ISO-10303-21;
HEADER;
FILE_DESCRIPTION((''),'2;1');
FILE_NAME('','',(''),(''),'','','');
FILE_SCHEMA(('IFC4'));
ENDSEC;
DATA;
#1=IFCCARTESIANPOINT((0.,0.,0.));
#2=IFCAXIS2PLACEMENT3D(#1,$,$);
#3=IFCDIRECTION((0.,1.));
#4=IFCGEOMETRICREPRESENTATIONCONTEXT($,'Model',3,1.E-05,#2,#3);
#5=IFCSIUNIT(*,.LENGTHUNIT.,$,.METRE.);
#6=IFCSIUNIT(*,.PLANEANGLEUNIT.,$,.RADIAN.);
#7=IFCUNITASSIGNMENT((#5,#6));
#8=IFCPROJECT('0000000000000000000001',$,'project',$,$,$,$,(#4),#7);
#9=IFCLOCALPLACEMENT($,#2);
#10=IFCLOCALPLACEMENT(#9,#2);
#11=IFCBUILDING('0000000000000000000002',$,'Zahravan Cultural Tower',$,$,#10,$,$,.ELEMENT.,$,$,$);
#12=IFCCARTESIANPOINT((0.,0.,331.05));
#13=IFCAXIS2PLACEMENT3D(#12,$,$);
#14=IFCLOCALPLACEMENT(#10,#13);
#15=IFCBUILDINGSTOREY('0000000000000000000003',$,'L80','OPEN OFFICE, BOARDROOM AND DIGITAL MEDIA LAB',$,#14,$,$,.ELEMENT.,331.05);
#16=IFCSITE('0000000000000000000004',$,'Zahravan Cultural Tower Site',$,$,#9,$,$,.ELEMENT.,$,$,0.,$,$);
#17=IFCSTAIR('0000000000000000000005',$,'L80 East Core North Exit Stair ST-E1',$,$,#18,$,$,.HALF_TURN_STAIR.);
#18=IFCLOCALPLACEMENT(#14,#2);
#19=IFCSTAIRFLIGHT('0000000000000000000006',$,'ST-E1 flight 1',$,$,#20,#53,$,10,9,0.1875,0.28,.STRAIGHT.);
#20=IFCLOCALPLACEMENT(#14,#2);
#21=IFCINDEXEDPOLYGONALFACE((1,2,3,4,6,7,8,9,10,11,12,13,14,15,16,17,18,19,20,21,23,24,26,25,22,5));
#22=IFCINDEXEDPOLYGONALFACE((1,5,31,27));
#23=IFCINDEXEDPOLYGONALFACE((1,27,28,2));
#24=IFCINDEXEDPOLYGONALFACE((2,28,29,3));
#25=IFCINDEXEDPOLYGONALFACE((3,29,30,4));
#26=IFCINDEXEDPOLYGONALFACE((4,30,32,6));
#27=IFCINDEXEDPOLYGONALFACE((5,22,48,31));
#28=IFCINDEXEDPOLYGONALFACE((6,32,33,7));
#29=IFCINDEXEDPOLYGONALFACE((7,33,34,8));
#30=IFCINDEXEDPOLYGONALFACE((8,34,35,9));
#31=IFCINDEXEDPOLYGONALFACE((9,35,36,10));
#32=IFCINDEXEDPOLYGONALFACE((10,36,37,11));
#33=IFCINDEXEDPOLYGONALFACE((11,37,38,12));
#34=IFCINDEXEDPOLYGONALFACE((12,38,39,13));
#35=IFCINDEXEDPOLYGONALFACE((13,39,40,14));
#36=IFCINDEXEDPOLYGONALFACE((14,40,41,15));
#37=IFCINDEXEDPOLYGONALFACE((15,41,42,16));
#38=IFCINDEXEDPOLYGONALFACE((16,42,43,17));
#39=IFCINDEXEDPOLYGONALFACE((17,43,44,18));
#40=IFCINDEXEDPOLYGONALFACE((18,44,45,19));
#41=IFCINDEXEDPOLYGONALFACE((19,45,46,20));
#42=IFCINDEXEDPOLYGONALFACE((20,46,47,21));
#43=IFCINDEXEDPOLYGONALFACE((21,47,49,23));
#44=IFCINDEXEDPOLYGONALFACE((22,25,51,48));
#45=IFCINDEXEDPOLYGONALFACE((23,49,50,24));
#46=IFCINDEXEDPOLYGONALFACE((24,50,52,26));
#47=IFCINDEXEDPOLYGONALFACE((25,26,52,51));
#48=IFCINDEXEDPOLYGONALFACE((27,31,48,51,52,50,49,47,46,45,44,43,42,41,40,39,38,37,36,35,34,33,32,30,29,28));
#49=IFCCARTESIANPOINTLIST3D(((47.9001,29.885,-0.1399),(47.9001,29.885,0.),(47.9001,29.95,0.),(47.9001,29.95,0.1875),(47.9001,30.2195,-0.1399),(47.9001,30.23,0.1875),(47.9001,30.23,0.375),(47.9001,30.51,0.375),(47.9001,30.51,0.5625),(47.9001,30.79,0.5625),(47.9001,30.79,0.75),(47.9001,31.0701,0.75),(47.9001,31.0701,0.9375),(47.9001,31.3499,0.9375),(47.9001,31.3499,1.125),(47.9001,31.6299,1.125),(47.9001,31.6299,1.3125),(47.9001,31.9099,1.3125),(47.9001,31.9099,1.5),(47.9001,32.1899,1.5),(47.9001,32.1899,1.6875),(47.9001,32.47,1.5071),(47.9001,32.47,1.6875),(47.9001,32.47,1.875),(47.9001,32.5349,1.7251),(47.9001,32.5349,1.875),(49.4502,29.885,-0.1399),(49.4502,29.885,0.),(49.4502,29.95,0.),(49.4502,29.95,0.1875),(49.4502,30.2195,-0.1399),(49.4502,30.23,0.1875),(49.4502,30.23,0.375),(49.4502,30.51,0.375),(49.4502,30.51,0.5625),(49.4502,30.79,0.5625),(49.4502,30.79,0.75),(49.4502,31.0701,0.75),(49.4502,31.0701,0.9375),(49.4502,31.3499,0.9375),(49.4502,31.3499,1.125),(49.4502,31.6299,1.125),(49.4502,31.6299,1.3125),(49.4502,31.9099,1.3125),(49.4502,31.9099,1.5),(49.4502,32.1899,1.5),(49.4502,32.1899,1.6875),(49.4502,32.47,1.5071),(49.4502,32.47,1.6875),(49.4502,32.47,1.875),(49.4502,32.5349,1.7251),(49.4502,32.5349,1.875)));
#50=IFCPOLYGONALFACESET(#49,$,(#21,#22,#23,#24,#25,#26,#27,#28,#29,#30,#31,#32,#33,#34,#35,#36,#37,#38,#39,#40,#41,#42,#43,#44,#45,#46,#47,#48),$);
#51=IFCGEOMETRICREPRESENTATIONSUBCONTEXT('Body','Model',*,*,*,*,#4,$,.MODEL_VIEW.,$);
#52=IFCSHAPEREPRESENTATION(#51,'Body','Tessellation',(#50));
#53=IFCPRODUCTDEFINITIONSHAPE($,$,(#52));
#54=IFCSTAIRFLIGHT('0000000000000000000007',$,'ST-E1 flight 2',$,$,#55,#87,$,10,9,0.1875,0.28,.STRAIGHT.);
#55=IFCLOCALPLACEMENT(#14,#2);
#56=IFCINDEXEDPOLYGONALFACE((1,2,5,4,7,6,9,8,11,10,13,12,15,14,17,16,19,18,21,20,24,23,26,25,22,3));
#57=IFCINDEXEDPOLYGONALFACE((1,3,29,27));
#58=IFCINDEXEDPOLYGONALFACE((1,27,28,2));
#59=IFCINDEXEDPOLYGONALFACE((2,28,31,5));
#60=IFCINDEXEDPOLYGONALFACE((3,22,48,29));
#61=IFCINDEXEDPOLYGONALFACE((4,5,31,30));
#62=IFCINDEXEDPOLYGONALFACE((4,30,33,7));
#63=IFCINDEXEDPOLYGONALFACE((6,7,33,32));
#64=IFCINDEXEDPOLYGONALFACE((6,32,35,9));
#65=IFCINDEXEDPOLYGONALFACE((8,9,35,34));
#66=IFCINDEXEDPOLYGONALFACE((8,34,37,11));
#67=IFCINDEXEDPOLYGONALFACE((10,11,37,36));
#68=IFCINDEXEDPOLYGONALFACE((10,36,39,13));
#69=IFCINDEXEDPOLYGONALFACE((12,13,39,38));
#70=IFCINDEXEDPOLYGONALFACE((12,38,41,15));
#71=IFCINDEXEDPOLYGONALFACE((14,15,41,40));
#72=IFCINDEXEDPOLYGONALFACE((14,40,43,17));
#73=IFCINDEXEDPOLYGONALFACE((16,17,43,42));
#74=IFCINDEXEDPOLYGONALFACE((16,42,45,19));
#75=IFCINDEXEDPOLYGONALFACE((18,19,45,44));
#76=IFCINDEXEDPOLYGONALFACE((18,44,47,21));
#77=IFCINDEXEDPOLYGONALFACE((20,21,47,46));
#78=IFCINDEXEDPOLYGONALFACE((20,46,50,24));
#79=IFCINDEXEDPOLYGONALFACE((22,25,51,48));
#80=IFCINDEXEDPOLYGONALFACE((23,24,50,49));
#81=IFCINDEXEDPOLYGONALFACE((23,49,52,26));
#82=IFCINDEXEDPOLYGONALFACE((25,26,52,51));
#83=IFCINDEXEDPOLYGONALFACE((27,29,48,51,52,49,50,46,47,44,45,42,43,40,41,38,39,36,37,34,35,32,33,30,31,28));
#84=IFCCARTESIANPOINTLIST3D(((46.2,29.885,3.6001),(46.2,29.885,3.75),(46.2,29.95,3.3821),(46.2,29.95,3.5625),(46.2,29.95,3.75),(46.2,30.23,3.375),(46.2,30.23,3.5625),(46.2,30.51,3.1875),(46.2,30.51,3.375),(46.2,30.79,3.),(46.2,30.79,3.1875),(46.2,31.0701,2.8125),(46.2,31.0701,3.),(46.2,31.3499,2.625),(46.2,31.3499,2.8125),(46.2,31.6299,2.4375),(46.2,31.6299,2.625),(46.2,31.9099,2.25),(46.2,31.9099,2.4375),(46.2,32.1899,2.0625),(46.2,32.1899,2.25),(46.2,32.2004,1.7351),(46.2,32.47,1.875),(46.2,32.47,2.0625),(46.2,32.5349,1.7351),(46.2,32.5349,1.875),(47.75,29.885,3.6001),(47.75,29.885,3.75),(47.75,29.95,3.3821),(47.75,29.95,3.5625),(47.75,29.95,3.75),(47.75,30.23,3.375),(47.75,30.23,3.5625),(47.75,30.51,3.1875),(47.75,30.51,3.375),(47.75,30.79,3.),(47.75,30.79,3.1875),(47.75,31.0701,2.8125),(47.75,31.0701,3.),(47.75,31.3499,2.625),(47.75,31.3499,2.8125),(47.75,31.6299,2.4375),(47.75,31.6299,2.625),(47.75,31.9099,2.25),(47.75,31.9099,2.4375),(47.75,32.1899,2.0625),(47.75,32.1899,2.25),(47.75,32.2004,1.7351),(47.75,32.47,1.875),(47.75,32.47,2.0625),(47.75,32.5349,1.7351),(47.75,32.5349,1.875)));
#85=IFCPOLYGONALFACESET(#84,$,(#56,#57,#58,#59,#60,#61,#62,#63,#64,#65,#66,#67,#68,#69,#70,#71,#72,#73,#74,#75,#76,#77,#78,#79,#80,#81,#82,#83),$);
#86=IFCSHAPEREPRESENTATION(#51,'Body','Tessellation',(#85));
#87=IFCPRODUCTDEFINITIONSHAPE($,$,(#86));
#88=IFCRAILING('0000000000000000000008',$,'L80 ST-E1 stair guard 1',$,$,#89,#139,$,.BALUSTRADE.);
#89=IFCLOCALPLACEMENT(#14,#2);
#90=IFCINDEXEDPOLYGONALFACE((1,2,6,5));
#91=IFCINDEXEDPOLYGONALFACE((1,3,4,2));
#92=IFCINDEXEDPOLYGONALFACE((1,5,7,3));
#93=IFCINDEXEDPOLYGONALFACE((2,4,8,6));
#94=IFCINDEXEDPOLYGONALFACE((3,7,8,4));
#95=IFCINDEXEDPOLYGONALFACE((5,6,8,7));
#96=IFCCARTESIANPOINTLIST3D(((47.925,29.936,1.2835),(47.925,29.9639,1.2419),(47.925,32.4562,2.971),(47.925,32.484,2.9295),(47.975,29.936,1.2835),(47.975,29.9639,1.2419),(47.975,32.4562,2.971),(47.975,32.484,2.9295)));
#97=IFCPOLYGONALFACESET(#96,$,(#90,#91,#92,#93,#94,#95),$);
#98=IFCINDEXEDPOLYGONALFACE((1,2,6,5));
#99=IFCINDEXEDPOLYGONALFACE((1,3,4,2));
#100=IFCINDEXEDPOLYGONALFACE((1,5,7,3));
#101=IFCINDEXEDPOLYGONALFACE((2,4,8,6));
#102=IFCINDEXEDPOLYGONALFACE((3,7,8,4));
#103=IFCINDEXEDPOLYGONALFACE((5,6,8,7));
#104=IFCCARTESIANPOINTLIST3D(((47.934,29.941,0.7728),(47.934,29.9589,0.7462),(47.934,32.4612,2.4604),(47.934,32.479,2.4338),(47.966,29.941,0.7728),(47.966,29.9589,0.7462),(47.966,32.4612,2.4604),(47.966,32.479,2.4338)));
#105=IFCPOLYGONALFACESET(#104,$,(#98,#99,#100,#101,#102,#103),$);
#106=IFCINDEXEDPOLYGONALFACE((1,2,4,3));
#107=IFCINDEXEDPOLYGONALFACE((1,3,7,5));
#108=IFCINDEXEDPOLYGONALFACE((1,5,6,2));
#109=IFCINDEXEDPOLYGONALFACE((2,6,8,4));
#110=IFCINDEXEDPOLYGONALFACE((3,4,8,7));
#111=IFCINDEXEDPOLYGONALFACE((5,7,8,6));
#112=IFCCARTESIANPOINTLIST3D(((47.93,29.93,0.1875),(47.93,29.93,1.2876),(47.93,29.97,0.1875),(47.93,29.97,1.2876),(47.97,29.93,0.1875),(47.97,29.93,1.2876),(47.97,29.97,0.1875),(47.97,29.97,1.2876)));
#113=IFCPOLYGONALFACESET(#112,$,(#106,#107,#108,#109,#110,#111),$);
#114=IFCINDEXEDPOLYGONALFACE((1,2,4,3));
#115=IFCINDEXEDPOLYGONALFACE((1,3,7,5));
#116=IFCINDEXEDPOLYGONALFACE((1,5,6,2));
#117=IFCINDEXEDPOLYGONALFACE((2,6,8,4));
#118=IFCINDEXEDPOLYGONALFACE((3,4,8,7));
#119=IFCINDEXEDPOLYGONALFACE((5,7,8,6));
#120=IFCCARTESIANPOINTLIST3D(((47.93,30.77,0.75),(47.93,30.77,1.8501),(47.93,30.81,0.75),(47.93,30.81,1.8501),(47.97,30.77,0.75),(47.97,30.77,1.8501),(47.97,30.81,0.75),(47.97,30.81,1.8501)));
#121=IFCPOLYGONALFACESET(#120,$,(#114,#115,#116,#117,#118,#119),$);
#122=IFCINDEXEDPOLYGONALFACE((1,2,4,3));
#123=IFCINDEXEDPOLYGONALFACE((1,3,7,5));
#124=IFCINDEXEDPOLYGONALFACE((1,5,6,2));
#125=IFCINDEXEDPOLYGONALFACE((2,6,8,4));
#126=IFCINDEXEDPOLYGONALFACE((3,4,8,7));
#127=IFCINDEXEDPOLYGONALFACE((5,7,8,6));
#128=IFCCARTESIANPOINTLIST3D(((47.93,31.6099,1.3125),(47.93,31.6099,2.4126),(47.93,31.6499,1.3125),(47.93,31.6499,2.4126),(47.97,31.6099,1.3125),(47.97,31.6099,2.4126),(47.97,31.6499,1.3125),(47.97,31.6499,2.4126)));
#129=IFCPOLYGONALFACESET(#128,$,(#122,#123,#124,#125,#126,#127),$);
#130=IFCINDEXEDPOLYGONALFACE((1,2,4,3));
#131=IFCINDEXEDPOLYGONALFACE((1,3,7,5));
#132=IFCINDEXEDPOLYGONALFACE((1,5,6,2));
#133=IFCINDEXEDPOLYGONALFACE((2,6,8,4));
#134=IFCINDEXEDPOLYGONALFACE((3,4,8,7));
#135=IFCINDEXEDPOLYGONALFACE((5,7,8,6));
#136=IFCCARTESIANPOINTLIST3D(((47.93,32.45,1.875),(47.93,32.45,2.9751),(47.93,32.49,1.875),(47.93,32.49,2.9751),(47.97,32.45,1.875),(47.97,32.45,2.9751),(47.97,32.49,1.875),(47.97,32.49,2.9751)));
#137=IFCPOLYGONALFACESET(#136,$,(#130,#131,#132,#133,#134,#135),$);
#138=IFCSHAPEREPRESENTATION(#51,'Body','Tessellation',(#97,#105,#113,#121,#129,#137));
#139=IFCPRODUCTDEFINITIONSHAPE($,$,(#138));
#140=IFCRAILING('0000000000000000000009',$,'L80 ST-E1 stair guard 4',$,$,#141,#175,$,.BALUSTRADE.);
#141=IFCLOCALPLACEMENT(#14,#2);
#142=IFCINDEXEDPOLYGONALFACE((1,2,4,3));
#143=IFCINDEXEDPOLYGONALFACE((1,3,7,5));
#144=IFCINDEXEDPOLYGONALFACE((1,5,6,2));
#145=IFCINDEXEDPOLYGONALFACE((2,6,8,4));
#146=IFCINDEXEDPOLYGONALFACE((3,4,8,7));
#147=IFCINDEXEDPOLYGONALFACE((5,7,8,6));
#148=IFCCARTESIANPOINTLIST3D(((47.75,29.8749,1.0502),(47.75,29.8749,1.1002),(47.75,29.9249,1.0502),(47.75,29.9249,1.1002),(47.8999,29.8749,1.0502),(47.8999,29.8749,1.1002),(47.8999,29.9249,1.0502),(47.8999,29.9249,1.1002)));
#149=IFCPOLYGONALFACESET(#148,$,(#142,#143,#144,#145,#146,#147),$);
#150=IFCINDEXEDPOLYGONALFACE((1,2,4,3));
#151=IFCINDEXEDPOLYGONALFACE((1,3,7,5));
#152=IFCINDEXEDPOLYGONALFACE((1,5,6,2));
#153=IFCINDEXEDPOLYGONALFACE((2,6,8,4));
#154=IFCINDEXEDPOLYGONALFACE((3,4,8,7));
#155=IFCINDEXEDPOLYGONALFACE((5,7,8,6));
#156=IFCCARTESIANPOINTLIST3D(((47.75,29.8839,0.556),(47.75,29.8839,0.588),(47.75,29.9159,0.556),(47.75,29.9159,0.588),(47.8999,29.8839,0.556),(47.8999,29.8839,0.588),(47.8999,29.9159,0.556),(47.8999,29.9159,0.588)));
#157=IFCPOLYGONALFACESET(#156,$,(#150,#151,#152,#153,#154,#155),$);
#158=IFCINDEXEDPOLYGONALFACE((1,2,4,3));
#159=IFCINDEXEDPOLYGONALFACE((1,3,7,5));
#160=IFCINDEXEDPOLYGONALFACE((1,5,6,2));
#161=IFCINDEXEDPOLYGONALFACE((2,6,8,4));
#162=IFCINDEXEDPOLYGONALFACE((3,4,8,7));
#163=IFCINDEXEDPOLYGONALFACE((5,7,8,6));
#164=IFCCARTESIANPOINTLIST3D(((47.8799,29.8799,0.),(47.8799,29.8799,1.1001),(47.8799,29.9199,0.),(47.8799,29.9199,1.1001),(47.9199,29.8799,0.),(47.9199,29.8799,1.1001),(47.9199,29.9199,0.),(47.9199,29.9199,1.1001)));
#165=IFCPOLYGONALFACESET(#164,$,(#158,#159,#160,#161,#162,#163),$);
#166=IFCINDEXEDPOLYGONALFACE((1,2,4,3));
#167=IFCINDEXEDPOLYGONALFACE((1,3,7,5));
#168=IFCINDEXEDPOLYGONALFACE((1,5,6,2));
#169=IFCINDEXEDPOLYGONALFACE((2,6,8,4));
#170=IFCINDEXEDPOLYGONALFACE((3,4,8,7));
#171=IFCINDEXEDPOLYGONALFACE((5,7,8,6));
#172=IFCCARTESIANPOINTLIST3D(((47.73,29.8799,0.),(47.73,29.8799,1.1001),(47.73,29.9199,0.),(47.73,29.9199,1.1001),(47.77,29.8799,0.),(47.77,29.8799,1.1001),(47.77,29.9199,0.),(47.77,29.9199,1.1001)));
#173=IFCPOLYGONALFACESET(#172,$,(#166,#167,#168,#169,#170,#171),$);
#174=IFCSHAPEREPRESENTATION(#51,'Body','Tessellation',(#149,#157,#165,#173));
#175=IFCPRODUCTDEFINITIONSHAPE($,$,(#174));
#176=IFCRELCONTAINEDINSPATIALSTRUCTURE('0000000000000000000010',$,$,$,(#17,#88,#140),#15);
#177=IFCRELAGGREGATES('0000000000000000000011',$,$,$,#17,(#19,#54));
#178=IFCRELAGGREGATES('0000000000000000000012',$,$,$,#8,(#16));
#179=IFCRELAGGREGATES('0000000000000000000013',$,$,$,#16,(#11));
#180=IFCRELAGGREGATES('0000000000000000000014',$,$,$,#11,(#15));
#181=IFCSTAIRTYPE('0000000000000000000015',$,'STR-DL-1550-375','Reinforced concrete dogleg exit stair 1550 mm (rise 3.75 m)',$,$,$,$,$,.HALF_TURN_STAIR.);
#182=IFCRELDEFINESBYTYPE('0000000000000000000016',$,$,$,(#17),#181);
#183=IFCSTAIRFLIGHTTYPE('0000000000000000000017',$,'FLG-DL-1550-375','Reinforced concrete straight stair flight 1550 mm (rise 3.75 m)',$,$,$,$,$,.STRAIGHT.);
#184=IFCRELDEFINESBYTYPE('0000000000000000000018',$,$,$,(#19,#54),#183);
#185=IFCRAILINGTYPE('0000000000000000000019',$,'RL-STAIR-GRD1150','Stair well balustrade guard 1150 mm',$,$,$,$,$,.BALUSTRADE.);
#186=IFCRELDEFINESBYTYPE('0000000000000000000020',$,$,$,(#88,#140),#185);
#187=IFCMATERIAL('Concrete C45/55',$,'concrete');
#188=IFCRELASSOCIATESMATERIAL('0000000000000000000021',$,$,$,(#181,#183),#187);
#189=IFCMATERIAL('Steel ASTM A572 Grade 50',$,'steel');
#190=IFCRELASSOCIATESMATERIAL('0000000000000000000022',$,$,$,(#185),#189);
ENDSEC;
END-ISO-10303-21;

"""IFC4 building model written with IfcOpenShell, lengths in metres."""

from ifc_helpers import new_model, si_unit, direction, frame, origin, origin_2d, place, context, subcontext, project, spatial, polyline, rectangle, outline, extrude, material, type_object, element, aggregate, save


model = new_model("IFC4")

# Units and contexts
model_context = context("Model", 3, precision=1e-05, world=origin(), true_north=direction((0.0, 1.0)))
body_context = subcontext(model_context, "Body", "Model", "MODEL_VIEW")
ifc_project = project(units=[si_unit("LENGTHUNIT", "METRE"), si_unit("PLANEANGLEUNIT", "RADIAN")], contexts=[model_context])

# Site, building, storey
site_placement = place(None, origin())
site = spatial("IfcSite", under=ifc_project, at=site_placement, Name="Zahravan Cultural Tower Site", CompositionType="ELEMENT", RefElevation=0.0)
building_placement = place(site_placement, origin())
building = spatial("IfcBuilding", under=site, at=building_placement, Name="Zahravan Cultural Tower", CompositionType="ELEMENT")
storey_placement = place(building_placement, frame((0.0, 0.0, 331.05)))
storey = spatial("IfcBuildingStorey", under=building, at=storey_placement, Name="L80", Description="OPEN OFFICE, BOARDROOM AND DIGITAL MEDIA LAB", CompositionType="ELEMENT", Elevation=331.05)

# Stair, stair flights
ifc_material_1 = material(Name="Concrete C45/55", Category="concrete")
stair_type = type_object("IfcStairType", Name="STR-DL-1550-375", Description="Reinforced concrete dogleg exit stair 1550 mm (rise 3.75 m)", PredefinedType="HALF_TURN_STAIR", material=ifc_material_1)
stair_placement = place(storey_placement, origin())
stair = element("IfcStair", 1, at=stair_placement, inside=storey, type_object=stair_type, Name="L80 East Core North Exit Stair ST-E1", PredefinedType="HALF_TURN_STAIR")
stair_flight_type = type_object("IfcStairFlightType", Name="FLG-DL-1550-375", Description="Reinforced concrete straight stair flight 1550 mm (rise 3.75 m)", PredefinedType="STRAIGHT", material=ifc_material_1)
stair_flight_1_placement = place(storey_placement, frame((48.675, 29.95, 0.0), z_axis=(0.0, 0.0, 1.0), x_axis=(0.0, 1.0, 0.0)))
stair_flight_1 = element("IfcStairFlight", 2, at=stair_flight_1_placement, type_object=stair_flight_type, Name="ST-E1 flight 1", NumberOfRisers=10, NumberOfTreads=9, PredefinedType="STRAIGHT", RiserHeight=0.1875, TreadLength=0.28, context=body_context, shape_type="SweptSolid", body=[
    extrude(outline(polyline([(-0.0649, -0.1399), (-0.0649, 0.0), (0.0, 0.0), (0.0, 0.1875), (0.28, 0.1875), (0.28, 0.375), (0.5601, 0.375), (0.5601, 0.5625), (0.8401, 0.5625), (0.8401, 0.75), (1.1201, 0.75), (1.1201, 0.9375), (1.3999, 0.9375), (1.3999, 1.125), (1.6799, 1.125), (1.6799, 1.3125), (1.96, 1.3125), (1.96, 1.5), (2.24, 1.5), (2.24, 1.6875), (2.52, 1.6875), (2.52, 1.875), (2.585, 1.875), (2.585, 1.7251), (2.52, 1.5071), (0.2695, -0.1399), (-0.0649, -0.1399)])), frame((0.0, 0.7749, 0.0), z_axis=(0.0, -1.0, 0.0), x_axis=(1.0, 0.0, 0.0)), (0.0, 0.0, 1.0), 1.55),
])
stair_flight_2_placement = place(storey_placement, frame((46.9751, 32.47, 1.875), z_axis=(0.0, 0.0, 1.0), x_axis=(0.0, -1.0, 0.0)))
stair_flight_2 = element("IfcStairFlight", 3, at=stair_flight_2_placement, type_object=stair_flight_type, Name="ST-E1 flight 2", NumberOfRisers=10, NumberOfTreads=9, PredefinedType="STRAIGHT", RiserHeight=0.1875, TreadLength=0.28, context=body_context, shape_type="SweptSolid", body=[
    extrude(outline(polyline([(-0.0649, -0.1399), (-0.0649, 0.0), (0.0, 0.0), (0.0, 0.1875), (0.28, 0.1875), (0.28, 0.375), (0.5601, 0.375), (0.5601, 0.5625), (0.8401, 0.5625), (0.8401, 0.75), (1.1201, 0.75), (1.1201, 0.9375), (1.3999, 0.9375), (1.3999, 1.125), (1.6799, 1.125), (1.6799, 1.3125), (1.96, 1.3125), (1.96, 1.5), (2.24, 1.5), (2.24, 1.6875), (2.52, 1.6875), (2.52, 1.875), (2.585, 1.875), (2.585, 1.7251), (2.52, 1.5071), (0.2695, -0.1399), (-0.0649, -0.1399)])), frame((0.0, 0.7749, 0.0), z_axis=(0.0, -1.0, 0.0), x_axis=(1.0, 0.0, 0.0)), (0.0, 0.0, 1.0), 1.55),
])
aggregate(stair, [stair_flight_1, stair_flight_2])

# Railings
ifc_material_2 = material(Name="Steel ASTM A572 Grade 50", Category="steel")
railing_type_1 = type_object("IfcRailingType", Name="RL-STAIR-GRD1150", Description="Stair well balustrade guard 1150 mm", PredefinedType="BALUSTRADE", material=ifc_material_2)
railing_1_placement = place(storey_placement, frame((47.95, 29.95, 0.1875)))
element("IfcRailing", 4, at=railing_1_placement, inside=storey, type_object=railing_type_1, Name="L80 ST-E1 stair guard 1", PredefinedType="BALUSTRADE", context=body_context, shape_type="SweptSolid", body=[
    extrude(rectangle(XDim=0.05, YDim=0.05, at=origin_2d()), frame((0.0, 0.0, 1.0752), z_axis=(0.0, 0.830909, 0.556408), x_axis=(-1.0, 0.0, 0.0)), (0.0, 0.0, 1.0), 3.033),
    extrude(rectangle(XDim=0.032, YDim=0.032, at=origin_2d()), frame((0.0, 0.0, 0.572), z_axis=(0.0, 0.830909, 0.556408), x_axis=(-1.0, 0.0, 0.0)), (0.0, 0.0, 1.0), 3.033),
    extrude(rectangle(XDim=0.04, YDim=0.04, at=origin_2d()), origin(), (0.0, 0.0, 1.0), 1.1001),
    extrude(rectangle(XDim=0.04, YDim=0.04, at=origin_2d()), frame((0.0, 0.8401, 0.5625)), (0.0, 0.0, 1.0), 1.1001),
    extrude(rectangle(XDim=0.04, YDim=0.04, at=origin_2d()), frame((0.0, 1.6799, 1.125)), (0.0, 0.0, 1.0), 1.1001),
    extrude(rectangle(XDim=0.04, YDim=0.04, at=origin_2d()), frame((0.0, 2.52, 1.6875)), (0.0, 0.0, 1.0), 1.1001),
])
railing_2_placement = place(storey_placement, frame((47.8999, 29.8999, 0.0)))
element("IfcRailing", 5, at=railing_2_placement, inside=storey, type_object=railing_type_1, Name="L80 ST-E1 stair guard 4", PredefinedType="BALUSTRADE", context=body_context, shape_type="SweptSolid", body=[
    extrude(rectangle(XDim=0.05, YDim=0.05, at=origin_2d()), frame((0.0, 0.0, 1.0752), z_axis=(-1.0, 0.0, 0.0), x_axis=(0.0, -1.0, 0.0)), (0.0, 0.0, 1.0), 0.1499),
    extrude(rectangle(XDim=0.032, YDim=0.032, at=origin_2d()), frame((0.0, 0.0, 0.572), z_axis=(-1.0, 0.0, 0.0), x_axis=(0.0, -1.0, 0.0)), (0.0, 0.0, 1.0), 0.1499),
    extrude(rectangle(XDim=0.04, YDim=0.04, at=origin_2d()), origin(), (0.0, 0.0, 1.0), 1.1001),
    extrude(rectangle(XDim=0.04, YDim=0.04, at=origin_2d()), frame((-0.1499, 0.0, 0.0)), (0.0, 0.0, 1.0), 1.1001),
])

save(model, "model.ifc")
